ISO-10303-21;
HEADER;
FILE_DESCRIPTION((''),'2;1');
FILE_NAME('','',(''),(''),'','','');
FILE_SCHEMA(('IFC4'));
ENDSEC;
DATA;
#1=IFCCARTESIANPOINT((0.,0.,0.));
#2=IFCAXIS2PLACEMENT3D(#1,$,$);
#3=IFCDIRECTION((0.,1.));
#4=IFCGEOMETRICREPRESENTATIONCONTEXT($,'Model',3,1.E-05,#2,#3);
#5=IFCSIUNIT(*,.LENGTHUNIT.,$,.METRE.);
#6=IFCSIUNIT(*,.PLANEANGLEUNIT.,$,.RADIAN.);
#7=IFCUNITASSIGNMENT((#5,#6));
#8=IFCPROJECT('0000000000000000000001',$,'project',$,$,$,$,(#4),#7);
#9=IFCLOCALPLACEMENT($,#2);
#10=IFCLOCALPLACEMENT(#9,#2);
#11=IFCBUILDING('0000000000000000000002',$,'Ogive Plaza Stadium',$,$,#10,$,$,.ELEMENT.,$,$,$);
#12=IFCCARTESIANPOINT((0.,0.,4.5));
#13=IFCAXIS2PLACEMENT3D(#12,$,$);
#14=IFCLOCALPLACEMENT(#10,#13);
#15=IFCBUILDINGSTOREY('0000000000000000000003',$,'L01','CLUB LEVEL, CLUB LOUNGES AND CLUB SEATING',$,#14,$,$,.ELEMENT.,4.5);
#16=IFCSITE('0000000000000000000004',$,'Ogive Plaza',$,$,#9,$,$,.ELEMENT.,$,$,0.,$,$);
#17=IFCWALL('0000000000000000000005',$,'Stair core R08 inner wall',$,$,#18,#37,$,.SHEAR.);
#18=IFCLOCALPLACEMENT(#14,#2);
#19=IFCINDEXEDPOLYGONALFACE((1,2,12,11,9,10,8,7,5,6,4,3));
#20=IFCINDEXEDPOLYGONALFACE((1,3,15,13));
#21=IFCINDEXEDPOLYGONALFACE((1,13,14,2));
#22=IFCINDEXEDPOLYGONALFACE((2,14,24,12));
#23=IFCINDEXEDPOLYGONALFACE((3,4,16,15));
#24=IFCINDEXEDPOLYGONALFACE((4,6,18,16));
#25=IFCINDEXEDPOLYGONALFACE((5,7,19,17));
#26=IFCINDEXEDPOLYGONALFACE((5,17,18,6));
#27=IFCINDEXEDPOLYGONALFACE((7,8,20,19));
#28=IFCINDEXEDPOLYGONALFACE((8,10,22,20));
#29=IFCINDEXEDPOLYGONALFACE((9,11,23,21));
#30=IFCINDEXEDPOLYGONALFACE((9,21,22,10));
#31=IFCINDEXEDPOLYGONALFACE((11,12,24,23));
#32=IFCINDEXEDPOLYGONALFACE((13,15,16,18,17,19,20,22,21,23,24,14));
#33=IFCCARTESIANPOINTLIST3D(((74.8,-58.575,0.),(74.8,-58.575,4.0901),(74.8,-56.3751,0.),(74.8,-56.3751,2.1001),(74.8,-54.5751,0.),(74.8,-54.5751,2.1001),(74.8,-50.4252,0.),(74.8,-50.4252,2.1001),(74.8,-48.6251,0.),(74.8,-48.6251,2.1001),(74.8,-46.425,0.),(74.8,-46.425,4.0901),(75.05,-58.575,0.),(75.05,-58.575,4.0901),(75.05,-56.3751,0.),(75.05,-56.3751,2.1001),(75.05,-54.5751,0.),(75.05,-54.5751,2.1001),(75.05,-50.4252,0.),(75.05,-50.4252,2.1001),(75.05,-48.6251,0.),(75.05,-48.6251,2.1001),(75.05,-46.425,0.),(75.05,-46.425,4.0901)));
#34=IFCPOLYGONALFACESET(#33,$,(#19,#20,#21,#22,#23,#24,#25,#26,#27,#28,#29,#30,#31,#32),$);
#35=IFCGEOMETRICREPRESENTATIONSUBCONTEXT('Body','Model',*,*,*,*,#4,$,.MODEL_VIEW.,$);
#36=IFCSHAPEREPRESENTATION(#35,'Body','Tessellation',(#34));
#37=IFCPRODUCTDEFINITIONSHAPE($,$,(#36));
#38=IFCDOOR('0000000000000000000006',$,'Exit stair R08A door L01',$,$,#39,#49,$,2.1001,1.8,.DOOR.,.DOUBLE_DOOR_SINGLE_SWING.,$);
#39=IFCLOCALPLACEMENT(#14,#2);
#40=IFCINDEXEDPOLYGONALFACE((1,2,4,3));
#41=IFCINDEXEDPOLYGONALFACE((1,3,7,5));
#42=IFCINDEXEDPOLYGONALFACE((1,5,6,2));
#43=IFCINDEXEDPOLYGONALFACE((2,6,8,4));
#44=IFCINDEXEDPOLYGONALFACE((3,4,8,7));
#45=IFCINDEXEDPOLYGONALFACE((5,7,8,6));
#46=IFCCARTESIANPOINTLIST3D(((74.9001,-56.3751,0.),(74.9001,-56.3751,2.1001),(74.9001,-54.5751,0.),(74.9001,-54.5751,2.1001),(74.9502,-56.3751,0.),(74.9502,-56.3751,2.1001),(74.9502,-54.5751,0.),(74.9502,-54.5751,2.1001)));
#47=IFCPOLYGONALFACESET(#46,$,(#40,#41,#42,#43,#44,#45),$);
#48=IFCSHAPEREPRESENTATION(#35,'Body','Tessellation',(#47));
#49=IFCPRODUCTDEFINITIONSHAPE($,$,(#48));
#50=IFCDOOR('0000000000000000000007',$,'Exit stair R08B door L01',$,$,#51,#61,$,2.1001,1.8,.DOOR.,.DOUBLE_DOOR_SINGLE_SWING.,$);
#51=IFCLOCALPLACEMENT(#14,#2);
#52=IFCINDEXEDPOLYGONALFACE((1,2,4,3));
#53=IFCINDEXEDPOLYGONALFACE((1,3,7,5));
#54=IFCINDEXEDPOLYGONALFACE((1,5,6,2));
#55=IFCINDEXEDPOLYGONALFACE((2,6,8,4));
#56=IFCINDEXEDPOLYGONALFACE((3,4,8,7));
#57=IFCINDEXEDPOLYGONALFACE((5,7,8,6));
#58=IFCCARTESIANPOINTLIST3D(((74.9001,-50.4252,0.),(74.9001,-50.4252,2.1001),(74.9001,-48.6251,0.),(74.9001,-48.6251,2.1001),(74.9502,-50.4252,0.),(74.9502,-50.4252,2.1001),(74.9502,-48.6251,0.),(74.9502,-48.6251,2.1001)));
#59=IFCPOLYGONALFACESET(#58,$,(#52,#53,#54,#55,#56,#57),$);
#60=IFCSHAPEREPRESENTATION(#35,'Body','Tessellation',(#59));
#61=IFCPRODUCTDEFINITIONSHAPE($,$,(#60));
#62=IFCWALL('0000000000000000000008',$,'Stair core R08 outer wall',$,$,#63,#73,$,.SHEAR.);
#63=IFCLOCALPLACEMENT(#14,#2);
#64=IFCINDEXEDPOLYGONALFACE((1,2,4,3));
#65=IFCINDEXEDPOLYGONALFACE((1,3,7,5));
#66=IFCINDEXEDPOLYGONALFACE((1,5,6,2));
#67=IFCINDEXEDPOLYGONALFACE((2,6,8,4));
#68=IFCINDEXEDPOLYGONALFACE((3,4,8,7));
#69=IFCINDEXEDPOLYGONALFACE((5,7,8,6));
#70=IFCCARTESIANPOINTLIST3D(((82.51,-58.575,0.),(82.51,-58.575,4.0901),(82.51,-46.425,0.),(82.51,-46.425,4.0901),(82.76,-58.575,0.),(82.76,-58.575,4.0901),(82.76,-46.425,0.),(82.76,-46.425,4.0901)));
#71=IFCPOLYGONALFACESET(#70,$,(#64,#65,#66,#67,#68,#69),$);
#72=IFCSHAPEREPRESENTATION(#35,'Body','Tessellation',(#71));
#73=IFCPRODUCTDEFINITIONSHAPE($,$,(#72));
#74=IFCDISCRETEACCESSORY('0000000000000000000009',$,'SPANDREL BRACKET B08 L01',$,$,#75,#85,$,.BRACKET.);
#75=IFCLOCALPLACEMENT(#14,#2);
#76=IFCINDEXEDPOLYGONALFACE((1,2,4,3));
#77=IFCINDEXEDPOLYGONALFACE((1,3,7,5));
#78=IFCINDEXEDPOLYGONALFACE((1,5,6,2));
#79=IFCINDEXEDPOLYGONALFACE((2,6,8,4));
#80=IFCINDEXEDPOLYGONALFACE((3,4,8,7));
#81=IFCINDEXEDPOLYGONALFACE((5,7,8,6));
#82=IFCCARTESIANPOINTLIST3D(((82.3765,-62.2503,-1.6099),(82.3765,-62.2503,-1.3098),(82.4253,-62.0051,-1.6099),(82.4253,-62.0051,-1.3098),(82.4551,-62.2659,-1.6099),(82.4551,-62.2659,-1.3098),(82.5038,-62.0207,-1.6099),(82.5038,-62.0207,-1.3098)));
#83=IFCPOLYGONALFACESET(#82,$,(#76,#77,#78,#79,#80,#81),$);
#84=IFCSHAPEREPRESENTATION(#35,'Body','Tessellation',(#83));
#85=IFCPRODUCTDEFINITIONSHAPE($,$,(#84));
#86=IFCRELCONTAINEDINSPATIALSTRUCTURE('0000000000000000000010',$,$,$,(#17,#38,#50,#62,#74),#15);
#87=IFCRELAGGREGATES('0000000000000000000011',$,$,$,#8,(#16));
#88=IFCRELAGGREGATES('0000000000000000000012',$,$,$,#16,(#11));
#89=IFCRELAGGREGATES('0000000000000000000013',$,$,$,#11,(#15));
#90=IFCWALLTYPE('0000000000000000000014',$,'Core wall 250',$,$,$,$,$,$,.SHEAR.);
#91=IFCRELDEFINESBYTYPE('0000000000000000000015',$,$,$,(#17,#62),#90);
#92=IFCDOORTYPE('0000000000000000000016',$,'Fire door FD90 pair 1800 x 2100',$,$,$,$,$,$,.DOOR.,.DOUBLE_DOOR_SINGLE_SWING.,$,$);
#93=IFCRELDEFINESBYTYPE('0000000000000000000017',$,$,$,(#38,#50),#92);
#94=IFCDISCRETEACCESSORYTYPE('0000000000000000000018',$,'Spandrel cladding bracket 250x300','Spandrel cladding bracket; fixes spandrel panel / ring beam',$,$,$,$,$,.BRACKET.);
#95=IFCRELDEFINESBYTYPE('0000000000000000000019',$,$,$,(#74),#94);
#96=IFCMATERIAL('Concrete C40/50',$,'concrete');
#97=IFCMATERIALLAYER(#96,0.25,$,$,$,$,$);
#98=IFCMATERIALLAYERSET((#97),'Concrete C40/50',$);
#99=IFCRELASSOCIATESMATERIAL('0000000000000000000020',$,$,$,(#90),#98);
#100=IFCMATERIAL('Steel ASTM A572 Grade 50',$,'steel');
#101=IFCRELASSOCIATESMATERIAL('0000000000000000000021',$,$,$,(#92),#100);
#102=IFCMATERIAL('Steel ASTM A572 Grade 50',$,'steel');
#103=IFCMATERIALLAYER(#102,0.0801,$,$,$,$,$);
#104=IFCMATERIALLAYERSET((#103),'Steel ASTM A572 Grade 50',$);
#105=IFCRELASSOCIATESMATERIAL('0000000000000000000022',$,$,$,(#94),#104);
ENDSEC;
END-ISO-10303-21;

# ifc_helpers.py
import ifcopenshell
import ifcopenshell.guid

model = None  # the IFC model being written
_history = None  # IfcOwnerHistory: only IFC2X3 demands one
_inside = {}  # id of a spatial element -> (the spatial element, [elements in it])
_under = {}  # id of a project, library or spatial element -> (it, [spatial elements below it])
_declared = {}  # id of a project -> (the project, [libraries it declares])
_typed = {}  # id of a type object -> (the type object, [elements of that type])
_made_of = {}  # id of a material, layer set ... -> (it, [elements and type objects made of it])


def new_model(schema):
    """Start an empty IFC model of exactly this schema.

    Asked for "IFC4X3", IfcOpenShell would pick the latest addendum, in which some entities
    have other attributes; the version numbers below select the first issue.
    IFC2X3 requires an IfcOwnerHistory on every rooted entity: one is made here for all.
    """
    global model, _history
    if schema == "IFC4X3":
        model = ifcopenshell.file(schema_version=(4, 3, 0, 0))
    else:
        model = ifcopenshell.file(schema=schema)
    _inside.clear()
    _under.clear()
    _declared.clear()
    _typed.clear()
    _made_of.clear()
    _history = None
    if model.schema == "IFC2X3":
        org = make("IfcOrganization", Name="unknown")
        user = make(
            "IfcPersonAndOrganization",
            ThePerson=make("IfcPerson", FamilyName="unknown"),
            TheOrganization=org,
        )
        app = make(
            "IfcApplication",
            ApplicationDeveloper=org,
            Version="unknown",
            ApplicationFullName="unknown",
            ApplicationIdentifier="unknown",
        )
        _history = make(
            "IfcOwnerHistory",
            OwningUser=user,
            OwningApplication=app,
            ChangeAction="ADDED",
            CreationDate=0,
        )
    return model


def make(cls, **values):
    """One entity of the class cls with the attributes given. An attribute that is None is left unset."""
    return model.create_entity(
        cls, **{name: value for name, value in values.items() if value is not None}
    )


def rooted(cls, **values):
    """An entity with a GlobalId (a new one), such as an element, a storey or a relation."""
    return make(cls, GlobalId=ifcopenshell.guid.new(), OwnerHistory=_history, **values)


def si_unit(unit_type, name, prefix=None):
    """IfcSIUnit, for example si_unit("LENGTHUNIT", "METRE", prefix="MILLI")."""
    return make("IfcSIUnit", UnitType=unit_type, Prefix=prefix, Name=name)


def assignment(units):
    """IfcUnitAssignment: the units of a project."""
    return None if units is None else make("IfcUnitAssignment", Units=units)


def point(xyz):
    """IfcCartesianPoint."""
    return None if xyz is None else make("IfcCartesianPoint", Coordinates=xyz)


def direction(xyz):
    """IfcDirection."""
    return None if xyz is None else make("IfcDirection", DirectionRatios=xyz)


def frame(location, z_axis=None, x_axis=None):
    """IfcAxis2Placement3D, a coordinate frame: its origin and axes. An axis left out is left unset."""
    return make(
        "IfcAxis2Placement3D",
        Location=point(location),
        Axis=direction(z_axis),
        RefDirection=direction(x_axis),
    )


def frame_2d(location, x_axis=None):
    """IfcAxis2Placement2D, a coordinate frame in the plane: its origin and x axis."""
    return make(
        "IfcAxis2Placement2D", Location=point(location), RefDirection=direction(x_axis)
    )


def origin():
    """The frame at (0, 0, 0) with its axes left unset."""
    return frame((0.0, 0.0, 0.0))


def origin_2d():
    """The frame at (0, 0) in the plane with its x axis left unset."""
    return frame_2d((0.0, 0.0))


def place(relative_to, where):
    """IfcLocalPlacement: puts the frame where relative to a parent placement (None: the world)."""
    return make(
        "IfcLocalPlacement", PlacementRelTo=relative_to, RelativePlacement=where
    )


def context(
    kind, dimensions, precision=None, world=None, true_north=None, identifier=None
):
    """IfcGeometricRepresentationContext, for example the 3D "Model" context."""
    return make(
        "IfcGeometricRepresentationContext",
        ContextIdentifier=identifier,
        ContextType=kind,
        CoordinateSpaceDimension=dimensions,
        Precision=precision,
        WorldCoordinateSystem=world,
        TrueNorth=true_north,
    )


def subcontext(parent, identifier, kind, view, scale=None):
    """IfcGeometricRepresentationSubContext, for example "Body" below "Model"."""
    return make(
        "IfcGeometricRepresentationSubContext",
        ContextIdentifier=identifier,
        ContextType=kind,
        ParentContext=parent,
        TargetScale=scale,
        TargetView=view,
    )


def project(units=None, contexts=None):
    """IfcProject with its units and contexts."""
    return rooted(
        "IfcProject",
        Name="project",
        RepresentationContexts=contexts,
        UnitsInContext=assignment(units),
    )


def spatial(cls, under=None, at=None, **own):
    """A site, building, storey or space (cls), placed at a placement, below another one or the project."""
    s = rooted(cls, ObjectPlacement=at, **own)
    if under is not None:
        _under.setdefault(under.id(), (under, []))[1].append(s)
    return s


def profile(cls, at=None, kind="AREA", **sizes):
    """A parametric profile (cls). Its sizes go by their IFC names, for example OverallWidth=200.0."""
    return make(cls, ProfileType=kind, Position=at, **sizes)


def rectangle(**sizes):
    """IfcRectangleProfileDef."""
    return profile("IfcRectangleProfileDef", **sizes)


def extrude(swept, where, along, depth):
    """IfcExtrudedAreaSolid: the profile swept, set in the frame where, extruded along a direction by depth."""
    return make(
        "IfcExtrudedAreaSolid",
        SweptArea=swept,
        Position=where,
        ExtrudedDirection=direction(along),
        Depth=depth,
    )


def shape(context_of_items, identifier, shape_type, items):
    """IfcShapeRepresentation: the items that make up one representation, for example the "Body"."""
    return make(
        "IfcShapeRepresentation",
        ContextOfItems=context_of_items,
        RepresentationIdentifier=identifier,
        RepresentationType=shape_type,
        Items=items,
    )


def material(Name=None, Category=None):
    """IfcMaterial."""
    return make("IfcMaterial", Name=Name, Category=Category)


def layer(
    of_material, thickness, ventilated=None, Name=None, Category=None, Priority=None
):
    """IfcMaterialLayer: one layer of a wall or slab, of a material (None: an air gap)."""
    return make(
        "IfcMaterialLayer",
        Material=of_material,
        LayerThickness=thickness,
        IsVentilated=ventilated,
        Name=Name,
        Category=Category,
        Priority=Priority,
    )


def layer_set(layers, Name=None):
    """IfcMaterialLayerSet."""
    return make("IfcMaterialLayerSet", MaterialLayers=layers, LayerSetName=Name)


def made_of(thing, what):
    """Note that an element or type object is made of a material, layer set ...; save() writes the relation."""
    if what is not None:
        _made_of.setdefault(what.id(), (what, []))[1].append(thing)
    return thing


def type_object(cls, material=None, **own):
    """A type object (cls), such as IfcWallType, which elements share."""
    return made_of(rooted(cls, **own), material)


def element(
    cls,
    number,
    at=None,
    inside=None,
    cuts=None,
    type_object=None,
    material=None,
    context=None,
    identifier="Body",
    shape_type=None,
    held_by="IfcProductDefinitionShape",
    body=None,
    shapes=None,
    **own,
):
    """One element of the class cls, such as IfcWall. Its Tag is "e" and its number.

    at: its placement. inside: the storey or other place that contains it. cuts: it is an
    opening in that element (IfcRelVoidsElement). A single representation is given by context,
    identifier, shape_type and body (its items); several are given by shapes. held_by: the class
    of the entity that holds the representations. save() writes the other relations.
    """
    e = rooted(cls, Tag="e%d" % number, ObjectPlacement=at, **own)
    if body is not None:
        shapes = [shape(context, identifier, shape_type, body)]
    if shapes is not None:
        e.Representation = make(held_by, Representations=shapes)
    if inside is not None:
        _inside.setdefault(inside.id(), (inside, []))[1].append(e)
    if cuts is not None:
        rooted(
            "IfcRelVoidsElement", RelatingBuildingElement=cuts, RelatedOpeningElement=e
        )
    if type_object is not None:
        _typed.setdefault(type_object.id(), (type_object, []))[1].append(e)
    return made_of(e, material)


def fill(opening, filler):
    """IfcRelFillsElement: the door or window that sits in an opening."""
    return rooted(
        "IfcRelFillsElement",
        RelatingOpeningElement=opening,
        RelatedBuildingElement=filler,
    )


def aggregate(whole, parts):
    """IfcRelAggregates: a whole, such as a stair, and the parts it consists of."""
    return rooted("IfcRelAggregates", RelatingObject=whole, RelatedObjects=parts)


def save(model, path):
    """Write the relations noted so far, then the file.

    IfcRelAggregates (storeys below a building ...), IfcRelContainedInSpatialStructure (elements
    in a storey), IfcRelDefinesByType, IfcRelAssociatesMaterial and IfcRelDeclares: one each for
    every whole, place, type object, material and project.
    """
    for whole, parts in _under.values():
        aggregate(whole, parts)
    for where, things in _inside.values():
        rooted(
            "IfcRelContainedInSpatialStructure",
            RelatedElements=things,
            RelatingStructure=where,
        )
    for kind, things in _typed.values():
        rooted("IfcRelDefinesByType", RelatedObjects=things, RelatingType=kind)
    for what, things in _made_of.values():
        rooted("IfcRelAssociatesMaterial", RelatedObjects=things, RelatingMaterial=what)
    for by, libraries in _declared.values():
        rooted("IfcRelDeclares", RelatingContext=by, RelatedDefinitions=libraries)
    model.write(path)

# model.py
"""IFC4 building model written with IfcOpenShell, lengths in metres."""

from ifc_helpers import new_model, si_unit, direction, frame, frame_2d, origin, origin_2d, place, context, subcontext, project, spatial, rectangle, extrude, material, layer, layer_set, type_object, element, fill, save


model = new_model("IFC4")

# Units and contexts
model_context = context("Model", 3, precision=1e-05, world=origin(), true_north=direction((0.0, 1.0)))
body_context = subcontext(model_context, "Body", "Model", "MODEL_VIEW")
ifc_project = project(units=[si_unit("LENGTHUNIT", "METRE"), si_unit("PLANEANGLEUNIT", "RADIAN")], contexts=[model_context])

# Site, building, storey
site_placement = place(None, origin())
site = spatial("IfcSite", under=ifc_project, at=site_placement, Name="Ogive Plaza", CompositionType="ELEMENT", RefElevation=0.0)
building_placement = place(site_placement, origin())
building = spatial("IfcBuilding", under=site, at=building_placement, Name="Ogive Plaza Stadium", CompositionType="ELEMENT")
storey_placement = place(building_placement, frame((0.0, 0.0, 4.5)))
storey = spatial("IfcBuildingStorey", under=building, at=storey_placement, Name="L01", Description="CLUB LEVEL, CLUB LOUNGES AND CLUB SEATING", CompositionType="ELEMENT", Elevation=4.5)

# Wall, openings, doors
ifc_material_1 = material(Name="Concrete C40/50", Category="concrete")
ifc_layer_1 = layer(ifc_material_1, 0.25)
ifc_layer_set_1 = layer_set([ifc_layer_1], Name="Concrete C40/50")
wall_type_1 = type_object("IfcWallType", Name="Core wall 250", PredefinedType="SHEAR", material=ifc_layer_set_1)
wall_1_placement = place(storey_placement, frame((74.925, -58.575, 0.0), z_axis=(0.0, 0.0, 1.0), x_axis=(0.0, 1.0, 0.0)))
wall_1 = element("IfcWall", 1, at=wall_1_placement, inside=storey, type_object=wall_type_1, Name="Stair core R08 inner wall", PredefinedType="SHEAR", context=body_context, shape_type="SweptSolid", body=[
    extrude(rectangle(XDim=12.1499, YDim=0.25, at=frame_2d((6.075, 0.0))), origin(), (0.0, 0.0, 1.0), 4.0901),
])
opening_1_placement = place(wall_1_placement, frame((2.2, 0.0, 0.0)))
opening_1 = element("IfcOpeningElement", 2, at=opening_1_placement, cuts=wall_1, PredefinedType="OPENING", context=body_context, shape_type="SweptSolid", body=[
    extrude(rectangle(XDim=1.8, YDim=2.1001, at=frame_2d((0.8999, 1.05))), frame((0.0, 0.125, 0.0), z_axis=(0.0, -1.0, 0.0), x_axis=(1.0, 0.0, 0.0)), (0.0, 0.0, 1.0), 0.25),
])
opening_2_placement = place(wall_1_placement, frame((8.1499, 0.0, 0.0)))
opening_2 = element("IfcOpeningElement", 3, at=opening_2_placement, cuts=wall_1, PredefinedType="OPENING", context=body_context, shape_type="SweptSolid", body=[
    extrude(rectangle(XDim=1.8, YDim=2.1001, at=frame_2d((0.8999, 1.05))), frame((0.0, 0.125, 0.0), z_axis=(0.0, -1.0, 0.0), x_axis=(1.0, 0.0, 0.0)), (0.0, 0.0, 1.0), 0.25),
])
ifc_material_2 = material(Name="Steel ASTM A572 Grade 50", Category="steel")
door_type = type_object("IfcDoorType", Name="Fire door FD90 pair 1800 x 2100", OperationType="DOUBLE_DOOR_SINGLE_SWING", PredefinedType="DOOR", material=ifc_material_2)
door_1_placement = place(opening_1_placement, origin())
door_1 = element("IfcDoor", 4, at=door_1_placement, inside=storey, type_object=door_type, Name="Exit stair R08A door L01", OperationType="DOUBLE_DOOR_SINGLE_SWING", OverallHeight=2.1001, OverallWidth=1.8, PredefinedType="DOOR", context=body_context, shape_type="SweptSolid", body=[
    extrude(rectangle(XDim=1.8, YDim=2.1001, at=frame_2d((0.8999, 1.05))), frame((0.0, 0.0249, 0.0), z_axis=(0.0, -1.0, 0.0), x_axis=(1.0, 0.0, 0.0)), (0.0, 0.0, 1.0), 0.05),
])
fill(opening_1, door_1)
door_2_placement = place(opening_2_placement, origin())
door_2 = element("IfcDoor", 5, at=door_2_placement, inside=storey, type_object=door_type, Name="Exit stair R08B door L01", OperationType="DOUBLE_DOOR_SINGLE_SWING", OverallHeight=2.1001, OverallWidth=1.8, PredefinedType="DOOR", context=body_context, shape_type="SweptSolid", body=[
    extrude(rectangle(XDim=1.8, YDim=2.1001, at=frame_2d((0.8999, 1.05))), frame((0.0, 0.0249, 0.0), z_axis=(0.0, -1.0, 0.0), x_axis=(1.0, 0.0, 0.0)), (0.0, 0.0, 1.0), 0.05),
])
fill(opening_2, door_2)

# Wall
wall_2_placement = place(storey_placement, frame((82.635, -58.575, 0.0), z_axis=(0.0, 0.0, 1.0), x_axis=(0.0, 1.0, 0.0)))
element("IfcWall", 6, at=wall_2_placement, inside=storey, type_object=wall_type_1, Name="Stair core R08 outer wall", PredefinedType="SHEAR", context=body_context, shape_type="SweptSolid", body=[
    extrude(rectangle(XDim=12.1499, YDim=0.25, at=frame_2d((6.075, 0.0))), origin(), (0.0, 0.0, 1.0), 4.0901),
])

# Discrete accessory
ifc_material_3 = material(Name="Steel ASTM A572 Grade 50", Category="steel")
ifc_layer_2 = layer(ifc_material_3, 0.0801)
ifc_layer_set_2 = layer_set([ifc_layer_2], Name="Steel ASTM A572 Grade 50")
discrete_accessory_type = type_object("IfcDiscreteAccessoryType", Name="Spandrel cladding bracket 250x300", Description="Spandrel cladding bracket; fixes spandrel panel / ring beam", PredefinedType="BRACKET", material=ifc_layer_set_2)
discrete_accessory_placement = place(storey_placement, frame((82.4402, -62.1355, -1.6099), z_axis=(0.0, 0.0, 1.0), x_axis=(-0.19509, -0.980785, 0.0)))
element("IfcDiscreteAccessory", 7, at=discrete_accessory_placement, inside=storey, type_object=discrete_accessory_type, Name="SPANDREL BRACKET B08 L01", PredefinedType="BRACKET", context=body_context, shape_type="SweptSolid", body=[
    extrude(rectangle(XDim=0.25, YDim=0.0801, at=origin_2d()), origin(), (0.0, 0.0, 1.0), 0.3),
])

save(model, "model.ifc")
